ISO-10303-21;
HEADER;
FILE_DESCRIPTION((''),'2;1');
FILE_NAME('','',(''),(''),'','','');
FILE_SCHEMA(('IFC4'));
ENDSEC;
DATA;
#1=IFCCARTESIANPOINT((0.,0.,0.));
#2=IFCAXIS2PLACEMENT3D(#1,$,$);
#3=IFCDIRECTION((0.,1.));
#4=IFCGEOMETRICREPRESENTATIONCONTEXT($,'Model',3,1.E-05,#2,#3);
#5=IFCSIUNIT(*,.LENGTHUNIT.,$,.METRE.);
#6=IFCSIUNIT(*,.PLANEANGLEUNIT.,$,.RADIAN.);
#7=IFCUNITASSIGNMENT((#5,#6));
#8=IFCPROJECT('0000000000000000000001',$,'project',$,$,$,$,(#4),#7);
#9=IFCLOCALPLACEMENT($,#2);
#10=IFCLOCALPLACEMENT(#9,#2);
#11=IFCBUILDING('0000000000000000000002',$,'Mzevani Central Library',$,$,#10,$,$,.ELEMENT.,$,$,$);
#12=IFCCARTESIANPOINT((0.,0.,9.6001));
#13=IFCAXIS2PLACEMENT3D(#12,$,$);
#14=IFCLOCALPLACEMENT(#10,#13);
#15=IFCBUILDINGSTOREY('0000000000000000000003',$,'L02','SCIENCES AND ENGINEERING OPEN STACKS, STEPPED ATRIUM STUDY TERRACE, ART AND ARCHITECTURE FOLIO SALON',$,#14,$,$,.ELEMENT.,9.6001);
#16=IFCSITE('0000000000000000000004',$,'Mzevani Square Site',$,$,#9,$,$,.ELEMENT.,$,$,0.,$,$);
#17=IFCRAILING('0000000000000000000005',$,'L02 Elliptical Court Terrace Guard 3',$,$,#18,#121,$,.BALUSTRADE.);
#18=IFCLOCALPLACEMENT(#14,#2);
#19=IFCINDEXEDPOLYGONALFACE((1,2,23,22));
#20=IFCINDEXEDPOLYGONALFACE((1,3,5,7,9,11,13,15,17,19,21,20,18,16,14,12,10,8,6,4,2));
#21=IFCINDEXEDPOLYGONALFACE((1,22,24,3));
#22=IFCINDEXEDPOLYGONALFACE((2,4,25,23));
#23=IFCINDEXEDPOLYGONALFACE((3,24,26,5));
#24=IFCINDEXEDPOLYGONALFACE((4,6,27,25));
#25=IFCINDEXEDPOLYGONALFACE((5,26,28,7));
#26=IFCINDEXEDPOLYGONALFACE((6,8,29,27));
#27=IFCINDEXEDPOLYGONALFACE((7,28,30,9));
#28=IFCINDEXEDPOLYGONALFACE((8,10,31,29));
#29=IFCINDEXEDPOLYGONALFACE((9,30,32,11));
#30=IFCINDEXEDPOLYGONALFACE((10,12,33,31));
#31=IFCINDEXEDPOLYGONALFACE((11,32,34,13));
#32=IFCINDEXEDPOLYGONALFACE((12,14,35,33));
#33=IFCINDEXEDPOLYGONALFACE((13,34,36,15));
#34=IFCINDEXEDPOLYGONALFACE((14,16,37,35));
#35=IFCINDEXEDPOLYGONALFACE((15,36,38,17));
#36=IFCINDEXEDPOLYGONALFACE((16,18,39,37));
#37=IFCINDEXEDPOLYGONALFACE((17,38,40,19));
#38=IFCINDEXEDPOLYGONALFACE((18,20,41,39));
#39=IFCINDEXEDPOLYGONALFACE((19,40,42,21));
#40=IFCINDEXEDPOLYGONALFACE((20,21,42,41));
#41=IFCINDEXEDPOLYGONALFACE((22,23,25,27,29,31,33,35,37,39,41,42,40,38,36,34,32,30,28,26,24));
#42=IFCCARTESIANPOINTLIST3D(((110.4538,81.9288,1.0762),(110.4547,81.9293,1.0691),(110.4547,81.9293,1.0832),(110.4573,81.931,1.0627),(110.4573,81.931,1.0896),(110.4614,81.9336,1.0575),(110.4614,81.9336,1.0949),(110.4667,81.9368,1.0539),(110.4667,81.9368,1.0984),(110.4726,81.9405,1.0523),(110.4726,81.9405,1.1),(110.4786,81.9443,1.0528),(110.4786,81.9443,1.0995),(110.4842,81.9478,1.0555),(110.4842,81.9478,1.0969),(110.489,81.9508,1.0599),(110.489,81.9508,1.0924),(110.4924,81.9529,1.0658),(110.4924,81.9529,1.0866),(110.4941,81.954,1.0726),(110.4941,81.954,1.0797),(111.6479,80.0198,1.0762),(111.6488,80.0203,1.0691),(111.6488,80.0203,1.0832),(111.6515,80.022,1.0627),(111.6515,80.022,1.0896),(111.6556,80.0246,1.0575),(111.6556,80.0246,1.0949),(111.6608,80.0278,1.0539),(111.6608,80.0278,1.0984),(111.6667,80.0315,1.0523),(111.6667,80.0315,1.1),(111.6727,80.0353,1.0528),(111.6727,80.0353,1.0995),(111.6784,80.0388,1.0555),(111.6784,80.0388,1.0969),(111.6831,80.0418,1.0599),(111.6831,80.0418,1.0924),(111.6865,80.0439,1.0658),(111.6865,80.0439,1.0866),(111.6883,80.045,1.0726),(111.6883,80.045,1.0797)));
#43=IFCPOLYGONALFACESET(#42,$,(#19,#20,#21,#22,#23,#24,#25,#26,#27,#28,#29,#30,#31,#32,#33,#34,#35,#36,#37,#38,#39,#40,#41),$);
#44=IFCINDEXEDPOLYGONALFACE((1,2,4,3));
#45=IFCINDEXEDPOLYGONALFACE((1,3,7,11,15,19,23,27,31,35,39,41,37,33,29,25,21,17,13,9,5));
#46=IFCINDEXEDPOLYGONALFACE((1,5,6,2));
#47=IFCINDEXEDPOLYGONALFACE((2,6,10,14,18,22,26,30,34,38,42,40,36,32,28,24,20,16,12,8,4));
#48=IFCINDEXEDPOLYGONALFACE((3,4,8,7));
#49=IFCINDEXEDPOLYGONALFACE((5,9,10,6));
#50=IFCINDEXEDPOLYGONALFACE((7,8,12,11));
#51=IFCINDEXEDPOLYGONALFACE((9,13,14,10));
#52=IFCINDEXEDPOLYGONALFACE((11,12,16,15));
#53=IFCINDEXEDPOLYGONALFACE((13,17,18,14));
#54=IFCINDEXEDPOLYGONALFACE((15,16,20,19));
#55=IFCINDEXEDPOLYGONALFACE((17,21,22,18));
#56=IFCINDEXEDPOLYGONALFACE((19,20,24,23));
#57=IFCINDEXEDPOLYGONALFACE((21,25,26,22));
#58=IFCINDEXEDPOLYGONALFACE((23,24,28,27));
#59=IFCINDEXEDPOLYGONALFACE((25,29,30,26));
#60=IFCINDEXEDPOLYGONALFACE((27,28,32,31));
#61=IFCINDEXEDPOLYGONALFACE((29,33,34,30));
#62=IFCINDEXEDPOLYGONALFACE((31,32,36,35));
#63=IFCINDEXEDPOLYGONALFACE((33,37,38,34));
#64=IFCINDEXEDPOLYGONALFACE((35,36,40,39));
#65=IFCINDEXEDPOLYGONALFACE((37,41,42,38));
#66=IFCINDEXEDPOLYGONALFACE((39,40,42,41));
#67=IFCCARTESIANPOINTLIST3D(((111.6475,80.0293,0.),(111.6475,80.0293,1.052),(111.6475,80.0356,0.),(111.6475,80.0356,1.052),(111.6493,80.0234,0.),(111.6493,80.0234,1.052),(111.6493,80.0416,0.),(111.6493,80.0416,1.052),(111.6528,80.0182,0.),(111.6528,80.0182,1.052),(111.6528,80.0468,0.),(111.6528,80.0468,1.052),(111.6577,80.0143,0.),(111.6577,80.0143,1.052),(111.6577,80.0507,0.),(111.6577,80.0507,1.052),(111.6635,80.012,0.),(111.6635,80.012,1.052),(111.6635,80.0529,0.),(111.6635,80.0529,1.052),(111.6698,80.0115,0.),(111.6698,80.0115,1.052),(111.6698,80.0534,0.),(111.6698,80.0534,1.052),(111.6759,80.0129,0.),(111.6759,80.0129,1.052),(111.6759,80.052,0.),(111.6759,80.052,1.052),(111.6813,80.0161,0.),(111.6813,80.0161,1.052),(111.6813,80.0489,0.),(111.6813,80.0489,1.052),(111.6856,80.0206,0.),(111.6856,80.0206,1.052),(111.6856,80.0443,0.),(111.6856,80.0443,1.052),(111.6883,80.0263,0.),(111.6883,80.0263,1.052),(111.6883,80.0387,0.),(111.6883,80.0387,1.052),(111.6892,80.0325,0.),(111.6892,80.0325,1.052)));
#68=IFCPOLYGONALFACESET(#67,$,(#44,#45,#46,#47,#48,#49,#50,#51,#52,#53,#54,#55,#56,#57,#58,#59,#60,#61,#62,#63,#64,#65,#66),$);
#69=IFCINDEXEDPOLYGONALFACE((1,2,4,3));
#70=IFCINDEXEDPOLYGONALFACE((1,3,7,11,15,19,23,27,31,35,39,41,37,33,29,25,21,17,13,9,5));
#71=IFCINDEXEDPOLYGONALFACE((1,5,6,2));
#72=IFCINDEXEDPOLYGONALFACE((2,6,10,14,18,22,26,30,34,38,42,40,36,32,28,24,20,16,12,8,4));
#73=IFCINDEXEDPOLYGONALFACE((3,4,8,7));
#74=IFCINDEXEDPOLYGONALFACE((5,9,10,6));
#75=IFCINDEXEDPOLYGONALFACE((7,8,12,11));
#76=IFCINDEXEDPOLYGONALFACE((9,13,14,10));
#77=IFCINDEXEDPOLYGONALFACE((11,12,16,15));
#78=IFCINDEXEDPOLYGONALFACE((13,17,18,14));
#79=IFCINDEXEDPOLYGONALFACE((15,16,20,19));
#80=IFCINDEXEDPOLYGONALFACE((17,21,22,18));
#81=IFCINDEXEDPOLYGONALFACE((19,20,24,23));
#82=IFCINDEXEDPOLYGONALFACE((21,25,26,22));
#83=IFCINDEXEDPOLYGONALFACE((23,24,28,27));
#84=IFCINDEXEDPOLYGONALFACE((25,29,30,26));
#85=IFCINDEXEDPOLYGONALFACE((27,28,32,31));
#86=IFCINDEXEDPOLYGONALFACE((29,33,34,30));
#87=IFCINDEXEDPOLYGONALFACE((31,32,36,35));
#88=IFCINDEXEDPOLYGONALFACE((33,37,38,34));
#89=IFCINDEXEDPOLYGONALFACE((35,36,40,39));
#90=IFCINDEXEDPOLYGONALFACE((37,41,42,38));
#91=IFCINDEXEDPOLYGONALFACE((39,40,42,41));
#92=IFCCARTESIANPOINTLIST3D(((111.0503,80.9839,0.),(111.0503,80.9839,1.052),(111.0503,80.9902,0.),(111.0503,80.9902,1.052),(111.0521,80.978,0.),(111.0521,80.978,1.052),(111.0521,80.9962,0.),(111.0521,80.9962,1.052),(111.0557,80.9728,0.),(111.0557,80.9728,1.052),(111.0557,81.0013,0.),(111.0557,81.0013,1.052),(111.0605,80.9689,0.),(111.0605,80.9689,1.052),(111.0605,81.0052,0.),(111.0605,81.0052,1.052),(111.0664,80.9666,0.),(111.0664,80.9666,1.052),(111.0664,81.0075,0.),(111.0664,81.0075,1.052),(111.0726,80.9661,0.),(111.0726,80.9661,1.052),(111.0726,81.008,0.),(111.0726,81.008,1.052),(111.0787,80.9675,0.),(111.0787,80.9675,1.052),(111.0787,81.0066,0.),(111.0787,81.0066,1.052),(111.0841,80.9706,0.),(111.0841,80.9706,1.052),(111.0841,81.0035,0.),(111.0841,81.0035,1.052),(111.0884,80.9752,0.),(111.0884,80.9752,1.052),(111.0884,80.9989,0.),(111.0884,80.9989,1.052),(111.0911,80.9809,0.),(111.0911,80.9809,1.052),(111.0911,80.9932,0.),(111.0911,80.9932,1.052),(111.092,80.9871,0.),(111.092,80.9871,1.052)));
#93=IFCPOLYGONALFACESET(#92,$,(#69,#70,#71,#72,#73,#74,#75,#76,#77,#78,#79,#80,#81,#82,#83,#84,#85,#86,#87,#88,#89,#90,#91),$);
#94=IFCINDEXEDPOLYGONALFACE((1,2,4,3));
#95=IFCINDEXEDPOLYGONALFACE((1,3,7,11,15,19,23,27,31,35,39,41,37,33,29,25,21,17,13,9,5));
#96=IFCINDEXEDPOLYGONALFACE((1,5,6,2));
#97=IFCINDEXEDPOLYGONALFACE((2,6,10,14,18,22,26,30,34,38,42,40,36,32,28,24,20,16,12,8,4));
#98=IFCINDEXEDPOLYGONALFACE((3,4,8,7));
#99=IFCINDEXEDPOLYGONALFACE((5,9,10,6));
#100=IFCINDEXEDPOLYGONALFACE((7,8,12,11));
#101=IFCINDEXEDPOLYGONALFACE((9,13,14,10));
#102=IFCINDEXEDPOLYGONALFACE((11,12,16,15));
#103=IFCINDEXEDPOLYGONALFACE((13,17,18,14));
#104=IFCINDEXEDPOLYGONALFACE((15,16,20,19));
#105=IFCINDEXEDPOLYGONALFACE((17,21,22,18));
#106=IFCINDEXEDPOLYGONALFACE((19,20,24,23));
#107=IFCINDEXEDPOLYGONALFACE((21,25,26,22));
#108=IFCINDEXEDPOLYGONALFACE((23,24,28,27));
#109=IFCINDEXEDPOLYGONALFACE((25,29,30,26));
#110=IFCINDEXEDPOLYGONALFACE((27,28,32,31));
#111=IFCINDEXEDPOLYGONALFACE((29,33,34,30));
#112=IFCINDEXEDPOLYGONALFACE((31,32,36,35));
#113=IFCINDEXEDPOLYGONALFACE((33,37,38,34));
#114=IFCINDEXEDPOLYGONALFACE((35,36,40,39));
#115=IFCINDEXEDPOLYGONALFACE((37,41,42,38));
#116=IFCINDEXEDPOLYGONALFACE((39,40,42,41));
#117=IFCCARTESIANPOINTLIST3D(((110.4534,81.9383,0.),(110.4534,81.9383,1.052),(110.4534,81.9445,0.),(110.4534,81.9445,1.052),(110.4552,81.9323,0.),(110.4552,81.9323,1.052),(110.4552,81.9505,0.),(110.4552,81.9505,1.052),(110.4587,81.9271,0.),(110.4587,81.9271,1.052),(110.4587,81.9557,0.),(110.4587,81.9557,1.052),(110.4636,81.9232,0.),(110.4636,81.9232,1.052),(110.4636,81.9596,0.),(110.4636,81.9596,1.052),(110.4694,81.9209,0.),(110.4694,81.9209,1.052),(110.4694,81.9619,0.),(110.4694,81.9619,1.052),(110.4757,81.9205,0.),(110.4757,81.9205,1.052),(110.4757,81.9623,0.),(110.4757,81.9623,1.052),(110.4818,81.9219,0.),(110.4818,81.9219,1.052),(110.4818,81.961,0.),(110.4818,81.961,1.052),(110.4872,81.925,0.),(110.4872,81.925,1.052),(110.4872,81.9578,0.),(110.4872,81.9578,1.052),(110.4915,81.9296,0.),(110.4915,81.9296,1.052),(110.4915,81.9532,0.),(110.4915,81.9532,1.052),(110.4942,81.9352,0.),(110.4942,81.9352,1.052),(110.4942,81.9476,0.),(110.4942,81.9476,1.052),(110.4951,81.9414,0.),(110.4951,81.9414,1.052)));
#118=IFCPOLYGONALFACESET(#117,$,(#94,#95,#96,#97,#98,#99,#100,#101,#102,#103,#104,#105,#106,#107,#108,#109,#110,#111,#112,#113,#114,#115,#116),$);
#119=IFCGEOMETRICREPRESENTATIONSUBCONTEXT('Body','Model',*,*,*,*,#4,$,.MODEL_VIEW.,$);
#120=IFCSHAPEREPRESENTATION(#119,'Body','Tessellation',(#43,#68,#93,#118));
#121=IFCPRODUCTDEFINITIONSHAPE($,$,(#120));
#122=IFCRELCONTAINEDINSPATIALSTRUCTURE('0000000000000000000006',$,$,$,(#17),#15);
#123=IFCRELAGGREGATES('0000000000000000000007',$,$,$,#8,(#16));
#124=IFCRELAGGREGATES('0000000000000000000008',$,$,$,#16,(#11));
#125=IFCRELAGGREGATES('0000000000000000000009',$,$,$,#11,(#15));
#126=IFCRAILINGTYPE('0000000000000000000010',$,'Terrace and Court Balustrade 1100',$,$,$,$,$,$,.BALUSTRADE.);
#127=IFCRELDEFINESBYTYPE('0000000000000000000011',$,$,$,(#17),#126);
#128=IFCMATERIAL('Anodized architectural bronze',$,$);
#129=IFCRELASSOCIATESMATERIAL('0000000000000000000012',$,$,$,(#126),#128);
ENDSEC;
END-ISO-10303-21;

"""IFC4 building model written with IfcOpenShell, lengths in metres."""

from ifc_helpers import new_model, si_unit, direction, frame, origin, origin_2d, place, context, subcontext, project, spatial, circle, extrude, material, type_object, element, save


model = new_model("IFC4")

# Units and contexts
model_context = context("Model", 3, precision=1e-05, world=origin(), true_north=direction((0.0, 1.0)))
body_context = subcontext(model_context, "Body", "Model", "MODEL_VIEW")
ifc_project = project(units=[si_unit("LENGTHUNIT", "METRE"), si_unit("PLANEANGLEUNIT", "RADIAN")], contexts=[model_context])

# Site, building, storey
site_placement = place(None, origin())
site = spatial("IfcSite", under=ifc_project, at=site_placement, Name="Mzevani Square Site", CompositionType="ELEMENT", RefElevation=0.0)
building_placement = place(site_placement, origin())
building = spatial("IfcBuilding", under=site, at=building_placement, Name="Mzevani Central Library", CompositionType="ELEMENT")
storey_placement = place(building_placement, frame((0.0, 0.0, 9.6001)))
storey = spatial("IfcBuildingStorey", under=building, at=storey_placement, Name="L02", Description="SCIENCES AND ENGINEERING OPEN STACKS, STEPPED ATRIUM STUDY TERRACE, ART AND ARCHITECTURE FOLIO SALON", CompositionType="ELEMENT", Elevation=9.6001)

# Railing
ifc_material_1 = material(Name="Anodized architectural bronze")
railing_type = type_object("IfcRailingType", Name="Terrace and Court Balustrade 1100", PredefinedType="BALUSTRADE", material=ifc_material_1)
railing_1_placement = place(storey_placement, frame((111.6682, 80.0325, 0.0)))
element("IfcRailing", 1, at=railing_1_placement, inside=storey, type_object=railing_type, Name="L02 Elliptical Court Terrace Guard 3", PredefinedType="BALUSTRADE", context=body_context, shape_type="SweptSolid", body=[
    extrude(circle(Radius=0.0239, at=origin_2d()), frame((0.0, 0.0, 1.0762), z_axis=(-0.530321, 0.847797, 0.0), x_axis=(-0.847797, -0.530321, 0.0)), (0.0, 0.0, 1.0), 2.2517),
    extrude(circle(Radius=0.021, at=origin_2d()), origin(), (0.0, 0.0, 1.0), 1.052),
    extrude(circle(Radius=0.021, at=origin_2d()), frame((-0.5972, 0.9546, 0.0)), (0.0, 0.0, 1.0), 1.052),
    extrude(circle(Radius=0.021, at=origin_2d()), frame((-1.1941, 1.9089, 0.0)), (0.0, 0.0, 1.0), 1.052),
])

save(model, "model.ifc")
